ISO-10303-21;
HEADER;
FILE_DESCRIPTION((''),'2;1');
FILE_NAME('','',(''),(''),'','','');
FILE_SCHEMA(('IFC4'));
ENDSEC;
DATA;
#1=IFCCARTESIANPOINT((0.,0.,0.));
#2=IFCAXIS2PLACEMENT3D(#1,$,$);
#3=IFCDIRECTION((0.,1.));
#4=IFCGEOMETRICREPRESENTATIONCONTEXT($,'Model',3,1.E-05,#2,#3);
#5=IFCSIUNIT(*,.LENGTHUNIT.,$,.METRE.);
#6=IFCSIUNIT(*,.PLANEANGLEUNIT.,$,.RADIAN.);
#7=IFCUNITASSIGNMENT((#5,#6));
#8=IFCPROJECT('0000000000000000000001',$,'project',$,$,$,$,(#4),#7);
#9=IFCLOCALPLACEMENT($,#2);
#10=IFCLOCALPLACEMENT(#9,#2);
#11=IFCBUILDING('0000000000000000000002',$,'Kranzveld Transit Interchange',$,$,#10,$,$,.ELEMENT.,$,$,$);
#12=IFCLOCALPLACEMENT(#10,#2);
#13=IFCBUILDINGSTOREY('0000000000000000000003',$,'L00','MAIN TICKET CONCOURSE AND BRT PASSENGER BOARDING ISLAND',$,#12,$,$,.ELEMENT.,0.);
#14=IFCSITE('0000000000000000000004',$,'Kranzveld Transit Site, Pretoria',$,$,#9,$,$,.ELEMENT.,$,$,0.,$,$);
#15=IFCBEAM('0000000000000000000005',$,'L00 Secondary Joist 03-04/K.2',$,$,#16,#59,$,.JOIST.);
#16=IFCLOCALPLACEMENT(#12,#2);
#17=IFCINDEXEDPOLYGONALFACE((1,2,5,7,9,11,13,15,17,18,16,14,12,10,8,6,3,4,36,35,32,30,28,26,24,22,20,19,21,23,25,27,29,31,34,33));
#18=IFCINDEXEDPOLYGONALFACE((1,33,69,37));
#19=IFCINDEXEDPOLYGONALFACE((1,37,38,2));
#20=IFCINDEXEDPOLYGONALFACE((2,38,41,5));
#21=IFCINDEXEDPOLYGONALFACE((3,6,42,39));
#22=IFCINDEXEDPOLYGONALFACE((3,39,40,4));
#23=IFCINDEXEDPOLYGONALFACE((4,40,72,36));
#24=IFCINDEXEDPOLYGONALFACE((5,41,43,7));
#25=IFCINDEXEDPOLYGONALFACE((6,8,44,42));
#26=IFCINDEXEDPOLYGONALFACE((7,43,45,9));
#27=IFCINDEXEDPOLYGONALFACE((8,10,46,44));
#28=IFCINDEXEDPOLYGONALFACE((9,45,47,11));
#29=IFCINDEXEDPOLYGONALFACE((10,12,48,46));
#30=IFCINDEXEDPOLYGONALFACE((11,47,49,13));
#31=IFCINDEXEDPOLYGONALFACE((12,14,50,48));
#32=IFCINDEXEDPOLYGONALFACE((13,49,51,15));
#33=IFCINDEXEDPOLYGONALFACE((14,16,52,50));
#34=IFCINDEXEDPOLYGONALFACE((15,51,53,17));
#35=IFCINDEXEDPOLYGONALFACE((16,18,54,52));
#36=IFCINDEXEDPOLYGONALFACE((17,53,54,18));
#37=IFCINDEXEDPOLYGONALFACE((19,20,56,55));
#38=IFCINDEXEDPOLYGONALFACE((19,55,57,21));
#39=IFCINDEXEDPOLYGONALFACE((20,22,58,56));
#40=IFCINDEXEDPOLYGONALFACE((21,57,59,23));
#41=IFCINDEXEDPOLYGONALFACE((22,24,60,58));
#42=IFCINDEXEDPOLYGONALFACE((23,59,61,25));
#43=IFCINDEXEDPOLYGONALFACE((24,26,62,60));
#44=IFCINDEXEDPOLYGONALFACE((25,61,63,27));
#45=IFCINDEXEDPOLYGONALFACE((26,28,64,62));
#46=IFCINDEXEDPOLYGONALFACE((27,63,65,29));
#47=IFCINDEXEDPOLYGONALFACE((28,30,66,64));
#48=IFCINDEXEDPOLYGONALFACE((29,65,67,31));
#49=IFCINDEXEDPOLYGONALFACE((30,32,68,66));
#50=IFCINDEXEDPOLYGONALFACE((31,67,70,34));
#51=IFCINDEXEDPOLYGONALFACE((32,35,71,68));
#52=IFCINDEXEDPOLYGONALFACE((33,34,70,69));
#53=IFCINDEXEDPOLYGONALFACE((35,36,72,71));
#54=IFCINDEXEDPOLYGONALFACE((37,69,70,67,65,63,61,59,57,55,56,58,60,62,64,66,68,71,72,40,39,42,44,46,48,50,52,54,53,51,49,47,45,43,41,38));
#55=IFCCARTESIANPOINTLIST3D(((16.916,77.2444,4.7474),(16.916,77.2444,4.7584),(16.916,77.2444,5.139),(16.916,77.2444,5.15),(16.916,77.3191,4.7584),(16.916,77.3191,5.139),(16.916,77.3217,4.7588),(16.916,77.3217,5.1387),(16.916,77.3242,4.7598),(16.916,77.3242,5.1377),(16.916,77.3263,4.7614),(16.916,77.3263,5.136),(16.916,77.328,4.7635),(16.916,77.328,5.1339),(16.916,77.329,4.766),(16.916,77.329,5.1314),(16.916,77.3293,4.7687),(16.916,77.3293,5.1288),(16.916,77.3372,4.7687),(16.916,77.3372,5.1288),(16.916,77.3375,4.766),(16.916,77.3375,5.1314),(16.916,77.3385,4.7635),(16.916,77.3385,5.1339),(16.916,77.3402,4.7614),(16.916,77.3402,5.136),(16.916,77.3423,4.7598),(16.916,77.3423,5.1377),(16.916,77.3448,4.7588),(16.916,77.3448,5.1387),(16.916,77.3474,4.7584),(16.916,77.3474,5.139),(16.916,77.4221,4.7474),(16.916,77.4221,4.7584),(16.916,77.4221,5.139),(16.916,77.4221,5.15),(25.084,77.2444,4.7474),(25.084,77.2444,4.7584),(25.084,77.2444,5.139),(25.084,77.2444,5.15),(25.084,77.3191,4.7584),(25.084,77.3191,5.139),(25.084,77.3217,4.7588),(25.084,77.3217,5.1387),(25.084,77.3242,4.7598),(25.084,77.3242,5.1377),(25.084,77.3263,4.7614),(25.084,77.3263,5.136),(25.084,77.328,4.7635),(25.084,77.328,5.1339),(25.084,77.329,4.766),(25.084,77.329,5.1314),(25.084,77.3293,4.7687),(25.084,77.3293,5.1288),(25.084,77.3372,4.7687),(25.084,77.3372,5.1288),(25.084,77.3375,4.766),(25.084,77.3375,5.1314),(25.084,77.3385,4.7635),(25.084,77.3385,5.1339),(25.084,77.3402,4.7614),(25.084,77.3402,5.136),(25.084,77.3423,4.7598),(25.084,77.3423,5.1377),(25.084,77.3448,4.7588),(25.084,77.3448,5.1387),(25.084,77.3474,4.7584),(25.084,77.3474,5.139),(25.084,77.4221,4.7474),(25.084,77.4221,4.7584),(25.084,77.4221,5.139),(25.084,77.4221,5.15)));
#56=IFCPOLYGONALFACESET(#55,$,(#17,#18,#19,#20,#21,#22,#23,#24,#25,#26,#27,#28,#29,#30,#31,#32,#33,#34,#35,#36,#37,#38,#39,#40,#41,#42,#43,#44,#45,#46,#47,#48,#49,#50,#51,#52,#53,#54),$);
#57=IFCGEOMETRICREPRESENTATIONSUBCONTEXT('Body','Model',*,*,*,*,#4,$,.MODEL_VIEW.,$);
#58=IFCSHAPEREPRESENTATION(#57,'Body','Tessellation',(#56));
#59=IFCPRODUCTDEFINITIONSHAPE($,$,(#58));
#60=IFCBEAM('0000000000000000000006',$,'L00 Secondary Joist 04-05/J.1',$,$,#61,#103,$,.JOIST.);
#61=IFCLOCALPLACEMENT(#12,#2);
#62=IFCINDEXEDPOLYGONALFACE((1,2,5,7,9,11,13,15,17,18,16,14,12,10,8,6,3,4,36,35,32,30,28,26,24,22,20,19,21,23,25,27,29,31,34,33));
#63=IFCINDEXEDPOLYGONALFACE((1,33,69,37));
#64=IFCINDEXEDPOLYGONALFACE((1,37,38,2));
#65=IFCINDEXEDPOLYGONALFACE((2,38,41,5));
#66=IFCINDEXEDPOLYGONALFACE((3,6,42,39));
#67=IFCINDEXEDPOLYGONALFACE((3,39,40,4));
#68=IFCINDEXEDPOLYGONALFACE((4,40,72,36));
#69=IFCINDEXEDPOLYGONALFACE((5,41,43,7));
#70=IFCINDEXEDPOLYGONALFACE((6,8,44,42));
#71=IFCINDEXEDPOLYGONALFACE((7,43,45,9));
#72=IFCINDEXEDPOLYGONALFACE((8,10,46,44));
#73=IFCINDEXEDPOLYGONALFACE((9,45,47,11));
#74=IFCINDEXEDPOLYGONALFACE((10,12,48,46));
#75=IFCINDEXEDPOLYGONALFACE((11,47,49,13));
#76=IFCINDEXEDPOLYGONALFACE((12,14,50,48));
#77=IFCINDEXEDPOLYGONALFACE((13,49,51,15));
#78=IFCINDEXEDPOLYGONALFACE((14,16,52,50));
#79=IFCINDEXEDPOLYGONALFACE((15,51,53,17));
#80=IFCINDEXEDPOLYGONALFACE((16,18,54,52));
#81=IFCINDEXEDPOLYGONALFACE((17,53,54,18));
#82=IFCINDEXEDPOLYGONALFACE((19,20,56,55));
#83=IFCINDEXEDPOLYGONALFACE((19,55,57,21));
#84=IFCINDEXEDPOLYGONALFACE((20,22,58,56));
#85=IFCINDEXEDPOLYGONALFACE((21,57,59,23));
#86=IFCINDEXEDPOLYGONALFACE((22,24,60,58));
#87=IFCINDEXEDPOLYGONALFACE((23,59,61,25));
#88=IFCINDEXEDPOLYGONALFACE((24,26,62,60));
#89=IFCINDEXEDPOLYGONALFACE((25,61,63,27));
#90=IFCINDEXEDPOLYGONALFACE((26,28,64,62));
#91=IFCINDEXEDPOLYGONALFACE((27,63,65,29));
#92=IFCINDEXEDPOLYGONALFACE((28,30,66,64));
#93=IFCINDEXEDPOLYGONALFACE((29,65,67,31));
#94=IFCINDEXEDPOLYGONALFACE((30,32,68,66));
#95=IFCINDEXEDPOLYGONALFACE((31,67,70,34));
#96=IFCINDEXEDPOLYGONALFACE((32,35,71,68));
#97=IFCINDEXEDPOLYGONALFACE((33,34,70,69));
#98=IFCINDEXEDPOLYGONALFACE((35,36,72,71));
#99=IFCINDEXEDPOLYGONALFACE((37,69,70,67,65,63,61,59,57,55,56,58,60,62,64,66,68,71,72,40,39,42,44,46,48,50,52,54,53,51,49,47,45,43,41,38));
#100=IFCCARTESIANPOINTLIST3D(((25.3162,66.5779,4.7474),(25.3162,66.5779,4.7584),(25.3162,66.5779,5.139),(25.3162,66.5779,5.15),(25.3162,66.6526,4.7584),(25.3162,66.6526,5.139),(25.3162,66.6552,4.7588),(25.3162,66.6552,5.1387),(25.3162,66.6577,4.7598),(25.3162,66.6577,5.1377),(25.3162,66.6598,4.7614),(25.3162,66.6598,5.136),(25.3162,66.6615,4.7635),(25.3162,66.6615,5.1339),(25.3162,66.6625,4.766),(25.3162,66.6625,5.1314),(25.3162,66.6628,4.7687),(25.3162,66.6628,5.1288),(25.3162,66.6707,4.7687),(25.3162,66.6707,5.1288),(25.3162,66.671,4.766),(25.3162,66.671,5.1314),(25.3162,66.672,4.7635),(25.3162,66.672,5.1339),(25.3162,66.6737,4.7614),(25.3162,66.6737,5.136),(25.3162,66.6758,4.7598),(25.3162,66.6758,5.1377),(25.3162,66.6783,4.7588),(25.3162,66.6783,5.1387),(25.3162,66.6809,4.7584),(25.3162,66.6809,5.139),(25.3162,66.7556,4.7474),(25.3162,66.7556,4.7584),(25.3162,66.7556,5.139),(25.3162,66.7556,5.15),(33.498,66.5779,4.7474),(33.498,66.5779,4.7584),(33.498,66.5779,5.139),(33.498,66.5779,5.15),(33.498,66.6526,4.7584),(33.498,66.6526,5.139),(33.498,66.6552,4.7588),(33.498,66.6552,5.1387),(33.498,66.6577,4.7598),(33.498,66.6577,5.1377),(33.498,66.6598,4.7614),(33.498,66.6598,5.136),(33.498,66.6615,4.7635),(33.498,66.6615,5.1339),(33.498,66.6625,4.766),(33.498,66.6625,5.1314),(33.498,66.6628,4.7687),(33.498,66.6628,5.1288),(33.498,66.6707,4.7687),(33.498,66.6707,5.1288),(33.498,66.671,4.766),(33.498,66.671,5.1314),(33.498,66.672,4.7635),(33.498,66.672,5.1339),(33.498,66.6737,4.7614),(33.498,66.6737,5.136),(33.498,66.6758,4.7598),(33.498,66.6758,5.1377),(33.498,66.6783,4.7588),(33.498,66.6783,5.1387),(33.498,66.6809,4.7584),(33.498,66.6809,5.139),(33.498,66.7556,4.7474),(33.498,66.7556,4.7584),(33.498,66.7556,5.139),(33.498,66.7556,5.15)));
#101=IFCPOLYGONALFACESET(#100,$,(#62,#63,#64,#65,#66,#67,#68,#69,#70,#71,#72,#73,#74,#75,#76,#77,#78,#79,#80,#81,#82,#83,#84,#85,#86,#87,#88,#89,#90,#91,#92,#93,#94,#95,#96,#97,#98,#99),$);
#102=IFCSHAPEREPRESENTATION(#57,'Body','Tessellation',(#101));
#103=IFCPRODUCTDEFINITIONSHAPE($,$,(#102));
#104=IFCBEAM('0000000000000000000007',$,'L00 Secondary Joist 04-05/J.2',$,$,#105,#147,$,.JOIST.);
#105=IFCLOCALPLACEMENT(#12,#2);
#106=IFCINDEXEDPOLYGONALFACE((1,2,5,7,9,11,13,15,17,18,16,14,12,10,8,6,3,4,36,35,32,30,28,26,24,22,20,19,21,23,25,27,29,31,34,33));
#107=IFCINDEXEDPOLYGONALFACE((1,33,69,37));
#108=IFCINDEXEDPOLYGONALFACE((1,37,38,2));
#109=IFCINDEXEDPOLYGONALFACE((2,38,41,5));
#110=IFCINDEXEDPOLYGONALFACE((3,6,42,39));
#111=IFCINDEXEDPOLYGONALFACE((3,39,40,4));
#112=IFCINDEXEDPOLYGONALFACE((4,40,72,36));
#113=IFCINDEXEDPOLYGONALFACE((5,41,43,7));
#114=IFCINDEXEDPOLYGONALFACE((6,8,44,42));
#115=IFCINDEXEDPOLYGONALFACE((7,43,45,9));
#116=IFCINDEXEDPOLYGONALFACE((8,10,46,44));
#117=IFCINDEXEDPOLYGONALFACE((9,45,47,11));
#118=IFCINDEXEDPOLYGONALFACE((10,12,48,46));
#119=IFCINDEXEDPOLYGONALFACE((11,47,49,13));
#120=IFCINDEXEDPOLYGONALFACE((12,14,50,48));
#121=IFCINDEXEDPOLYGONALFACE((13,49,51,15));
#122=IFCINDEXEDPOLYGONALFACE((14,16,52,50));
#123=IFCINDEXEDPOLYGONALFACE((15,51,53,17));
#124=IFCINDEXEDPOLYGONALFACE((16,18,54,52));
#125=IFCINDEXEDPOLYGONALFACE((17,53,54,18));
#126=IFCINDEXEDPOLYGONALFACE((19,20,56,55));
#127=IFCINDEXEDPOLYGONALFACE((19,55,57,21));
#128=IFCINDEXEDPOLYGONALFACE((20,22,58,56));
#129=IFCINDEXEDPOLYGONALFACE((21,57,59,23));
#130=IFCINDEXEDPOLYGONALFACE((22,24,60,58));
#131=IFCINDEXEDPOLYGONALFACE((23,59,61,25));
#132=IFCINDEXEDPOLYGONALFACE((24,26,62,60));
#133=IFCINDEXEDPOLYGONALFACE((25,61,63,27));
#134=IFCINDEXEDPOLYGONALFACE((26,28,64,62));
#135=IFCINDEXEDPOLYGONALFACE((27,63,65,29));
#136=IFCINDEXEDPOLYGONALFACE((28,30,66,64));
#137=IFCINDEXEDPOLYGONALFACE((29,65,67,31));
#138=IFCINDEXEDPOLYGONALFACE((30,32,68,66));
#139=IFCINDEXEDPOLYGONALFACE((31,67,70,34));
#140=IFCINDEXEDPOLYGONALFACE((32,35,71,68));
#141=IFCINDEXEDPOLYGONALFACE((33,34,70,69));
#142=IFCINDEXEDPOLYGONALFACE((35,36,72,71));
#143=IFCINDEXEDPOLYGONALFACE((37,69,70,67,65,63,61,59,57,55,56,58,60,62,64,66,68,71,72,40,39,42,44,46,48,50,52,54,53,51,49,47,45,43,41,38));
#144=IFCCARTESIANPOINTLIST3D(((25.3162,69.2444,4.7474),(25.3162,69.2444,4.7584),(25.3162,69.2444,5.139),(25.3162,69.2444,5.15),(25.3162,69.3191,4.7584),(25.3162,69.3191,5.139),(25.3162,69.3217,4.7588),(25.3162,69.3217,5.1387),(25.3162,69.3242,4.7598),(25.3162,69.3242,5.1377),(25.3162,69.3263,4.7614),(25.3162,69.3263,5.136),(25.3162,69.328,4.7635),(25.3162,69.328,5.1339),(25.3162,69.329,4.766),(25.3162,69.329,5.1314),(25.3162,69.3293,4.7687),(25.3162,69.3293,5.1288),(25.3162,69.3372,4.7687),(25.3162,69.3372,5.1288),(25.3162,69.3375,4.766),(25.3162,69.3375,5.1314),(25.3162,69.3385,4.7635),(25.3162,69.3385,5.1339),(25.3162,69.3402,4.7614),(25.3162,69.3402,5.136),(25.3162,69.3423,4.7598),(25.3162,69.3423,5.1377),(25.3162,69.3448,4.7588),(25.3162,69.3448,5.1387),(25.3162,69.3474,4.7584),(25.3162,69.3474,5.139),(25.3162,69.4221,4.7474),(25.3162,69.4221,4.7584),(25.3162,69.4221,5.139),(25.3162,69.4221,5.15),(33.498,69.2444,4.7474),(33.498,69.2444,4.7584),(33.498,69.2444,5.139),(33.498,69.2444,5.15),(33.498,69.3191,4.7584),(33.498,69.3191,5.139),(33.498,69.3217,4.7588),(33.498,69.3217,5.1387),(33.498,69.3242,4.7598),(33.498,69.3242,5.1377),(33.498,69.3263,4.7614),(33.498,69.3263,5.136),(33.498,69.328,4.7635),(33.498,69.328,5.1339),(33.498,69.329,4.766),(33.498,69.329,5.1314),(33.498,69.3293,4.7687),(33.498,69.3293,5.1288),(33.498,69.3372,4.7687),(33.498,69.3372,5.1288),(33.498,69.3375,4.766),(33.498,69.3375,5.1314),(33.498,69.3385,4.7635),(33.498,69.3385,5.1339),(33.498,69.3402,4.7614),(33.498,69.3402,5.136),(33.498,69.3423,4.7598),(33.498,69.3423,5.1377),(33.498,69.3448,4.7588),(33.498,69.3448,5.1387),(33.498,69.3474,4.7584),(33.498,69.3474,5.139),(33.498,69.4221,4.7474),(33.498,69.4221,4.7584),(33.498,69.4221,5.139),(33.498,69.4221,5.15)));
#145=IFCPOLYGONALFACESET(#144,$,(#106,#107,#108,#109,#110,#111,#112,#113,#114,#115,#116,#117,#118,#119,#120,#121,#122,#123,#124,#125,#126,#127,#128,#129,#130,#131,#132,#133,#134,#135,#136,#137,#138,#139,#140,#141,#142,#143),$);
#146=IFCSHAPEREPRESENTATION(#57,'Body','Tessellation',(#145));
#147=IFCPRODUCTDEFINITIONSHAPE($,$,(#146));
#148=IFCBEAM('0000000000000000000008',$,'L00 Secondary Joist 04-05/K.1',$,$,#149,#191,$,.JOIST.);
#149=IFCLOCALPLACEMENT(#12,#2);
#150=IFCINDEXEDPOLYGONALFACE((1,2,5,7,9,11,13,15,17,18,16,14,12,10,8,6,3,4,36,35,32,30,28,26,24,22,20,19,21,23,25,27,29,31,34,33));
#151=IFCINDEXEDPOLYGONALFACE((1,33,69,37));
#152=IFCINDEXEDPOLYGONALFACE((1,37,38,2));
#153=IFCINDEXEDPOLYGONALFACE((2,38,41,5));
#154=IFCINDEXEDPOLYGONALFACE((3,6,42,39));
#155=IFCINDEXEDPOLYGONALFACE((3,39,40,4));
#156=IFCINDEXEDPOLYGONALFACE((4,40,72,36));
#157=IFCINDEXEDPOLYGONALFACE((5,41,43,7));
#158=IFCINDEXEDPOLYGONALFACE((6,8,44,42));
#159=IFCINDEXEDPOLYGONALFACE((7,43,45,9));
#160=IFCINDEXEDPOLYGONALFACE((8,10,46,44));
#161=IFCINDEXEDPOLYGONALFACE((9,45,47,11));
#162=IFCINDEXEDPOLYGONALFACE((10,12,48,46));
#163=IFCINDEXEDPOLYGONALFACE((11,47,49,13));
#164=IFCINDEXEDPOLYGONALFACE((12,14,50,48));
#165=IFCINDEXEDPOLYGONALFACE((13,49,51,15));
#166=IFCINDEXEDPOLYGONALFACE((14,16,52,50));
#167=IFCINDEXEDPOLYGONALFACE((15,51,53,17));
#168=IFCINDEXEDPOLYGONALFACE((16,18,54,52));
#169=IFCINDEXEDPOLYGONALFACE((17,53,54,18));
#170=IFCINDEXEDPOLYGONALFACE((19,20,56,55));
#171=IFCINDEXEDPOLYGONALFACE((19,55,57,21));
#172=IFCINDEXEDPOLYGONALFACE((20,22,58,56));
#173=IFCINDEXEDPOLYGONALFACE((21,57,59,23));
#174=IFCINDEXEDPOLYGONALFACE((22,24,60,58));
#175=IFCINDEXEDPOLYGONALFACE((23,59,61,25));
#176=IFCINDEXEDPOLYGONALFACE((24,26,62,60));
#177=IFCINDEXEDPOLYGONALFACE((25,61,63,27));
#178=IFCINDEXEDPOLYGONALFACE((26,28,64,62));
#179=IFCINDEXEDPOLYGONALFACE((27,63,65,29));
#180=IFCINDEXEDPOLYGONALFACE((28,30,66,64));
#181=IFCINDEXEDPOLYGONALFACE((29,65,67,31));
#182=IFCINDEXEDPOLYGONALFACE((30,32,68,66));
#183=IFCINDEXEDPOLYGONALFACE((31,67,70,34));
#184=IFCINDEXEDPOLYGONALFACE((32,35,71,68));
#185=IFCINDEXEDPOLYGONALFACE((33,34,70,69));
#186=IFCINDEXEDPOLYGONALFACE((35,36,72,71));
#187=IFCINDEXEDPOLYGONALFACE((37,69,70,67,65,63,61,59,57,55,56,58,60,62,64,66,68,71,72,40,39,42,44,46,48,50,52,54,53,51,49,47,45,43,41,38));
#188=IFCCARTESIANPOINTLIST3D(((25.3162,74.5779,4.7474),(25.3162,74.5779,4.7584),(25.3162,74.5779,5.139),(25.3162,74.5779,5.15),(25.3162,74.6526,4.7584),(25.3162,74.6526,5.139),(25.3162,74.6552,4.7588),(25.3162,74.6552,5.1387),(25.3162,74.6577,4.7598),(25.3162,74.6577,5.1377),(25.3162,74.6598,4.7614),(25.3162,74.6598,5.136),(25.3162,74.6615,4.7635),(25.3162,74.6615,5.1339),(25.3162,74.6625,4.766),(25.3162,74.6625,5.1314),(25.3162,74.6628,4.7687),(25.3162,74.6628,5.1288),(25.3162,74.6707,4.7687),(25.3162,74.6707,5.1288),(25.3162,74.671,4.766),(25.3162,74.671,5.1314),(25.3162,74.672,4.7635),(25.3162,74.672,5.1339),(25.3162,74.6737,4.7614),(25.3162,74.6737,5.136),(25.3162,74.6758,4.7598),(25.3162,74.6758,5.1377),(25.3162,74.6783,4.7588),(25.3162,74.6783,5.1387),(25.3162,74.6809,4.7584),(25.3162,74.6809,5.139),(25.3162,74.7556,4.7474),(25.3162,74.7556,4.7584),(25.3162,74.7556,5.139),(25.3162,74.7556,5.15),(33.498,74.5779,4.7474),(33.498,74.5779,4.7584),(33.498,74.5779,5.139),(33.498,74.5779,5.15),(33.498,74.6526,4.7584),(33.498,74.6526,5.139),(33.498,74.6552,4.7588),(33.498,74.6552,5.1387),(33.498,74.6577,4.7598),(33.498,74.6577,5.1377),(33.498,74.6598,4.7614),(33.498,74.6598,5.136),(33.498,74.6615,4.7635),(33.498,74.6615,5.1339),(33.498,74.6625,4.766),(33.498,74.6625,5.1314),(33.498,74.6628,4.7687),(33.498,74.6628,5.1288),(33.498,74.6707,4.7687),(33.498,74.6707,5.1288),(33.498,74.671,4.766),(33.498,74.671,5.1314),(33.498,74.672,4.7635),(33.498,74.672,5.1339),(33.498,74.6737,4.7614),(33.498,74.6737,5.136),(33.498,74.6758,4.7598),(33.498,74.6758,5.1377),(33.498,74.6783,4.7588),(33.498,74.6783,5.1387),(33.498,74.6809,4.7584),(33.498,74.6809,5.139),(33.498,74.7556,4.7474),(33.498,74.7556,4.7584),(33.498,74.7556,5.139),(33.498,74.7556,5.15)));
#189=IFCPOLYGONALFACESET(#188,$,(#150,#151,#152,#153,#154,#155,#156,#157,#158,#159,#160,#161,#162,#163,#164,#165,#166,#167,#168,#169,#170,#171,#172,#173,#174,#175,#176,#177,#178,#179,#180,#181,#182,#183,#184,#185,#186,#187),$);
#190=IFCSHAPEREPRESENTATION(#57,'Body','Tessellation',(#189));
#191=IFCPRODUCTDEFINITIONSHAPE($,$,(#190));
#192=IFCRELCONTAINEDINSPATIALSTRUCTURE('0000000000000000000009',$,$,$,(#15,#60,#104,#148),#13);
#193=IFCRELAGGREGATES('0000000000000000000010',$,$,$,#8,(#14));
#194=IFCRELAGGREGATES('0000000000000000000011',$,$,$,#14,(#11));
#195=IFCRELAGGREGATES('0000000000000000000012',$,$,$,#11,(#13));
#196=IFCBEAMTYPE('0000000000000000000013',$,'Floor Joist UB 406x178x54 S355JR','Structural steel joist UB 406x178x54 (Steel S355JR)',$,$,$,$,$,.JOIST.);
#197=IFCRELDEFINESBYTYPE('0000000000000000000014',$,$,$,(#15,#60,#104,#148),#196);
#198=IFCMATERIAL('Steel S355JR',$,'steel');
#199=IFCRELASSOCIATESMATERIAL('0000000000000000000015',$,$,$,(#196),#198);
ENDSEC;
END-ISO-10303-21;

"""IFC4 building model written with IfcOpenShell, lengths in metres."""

from ifc_helpers import new_model, si_unit, direction, frame, origin, origin_2d, place, context, subcontext, project, spatial, i_section, extrude, material, material_profile, profile_set, type_object, element, save


model = new_model("IFC4")

# Units and contexts
model_context = context("Model", 3, precision=1e-05, world=origin(), true_north=direction((0.0, 1.0)))
body_context = subcontext(model_context, "Body", "Model", "MODEL_VIEW")
ifc_project = project(units=[si_unit("LENGTHUNIT", "METRE"), si_unit("PLANEANGLEUNIT", "RADIAN")], contexts=[model_context])

# Site, building, storey
site_placement = place(None, origin())
site = spatial("IfcSite", under=ifc_project, at=site_placement, Name="Kranzveld Transit Site, Pretoria", CompositionType="ELEMENT", RefElevation=0.0)
building_placement = place(site_placement, origin())
building = spatial("IfcBuilding", under=site, at=building_placement, Name="Kranzveld Transit Interchange", CompositionType="ELEMENT")
storey_placement = place(building_placement, origin())
storey = spatial("IfcBuildingStorey", under=building, at=storey_placement, Name="L00", Description="MAIN TICKET CONCOURSE AND BRT PASSENGER BOARDING ISLAND", CompositionType="ELEMENT", Elevation=0.0)

# Beams
ifc_material_1 = material(Name="Steel S355JR", Category="steel")
ifc_material_profile_1 = material_profile(ifc_material_1, i_section(OverallWidth=0.1777, OverallDepth=0.4026, WebThickness=0.0078, FlangeThickness=0.011, FilletRadius=0.0103, at=origin_2d()), Name="UB 406x178x54")
ifc_profile_set_1 = profile_set([ifc_material_profile_1], Name="Steel S355JR")
beam_type_1 = type_object("IfcBeamType", Name="Floor Joist UB 406x178x54 S355JR", Description="Structural steel joist UB 406x178x54 (Steel S355JR)", PredefinedType="JOIST", material=ifc_profile_set_1)
for number, where, z_axis, x_axis, name in (
    (1, (16.916, 77.3333, 4.9487), (1.0, 0.0, 0.0), (0.0, 1.0, 0.0), "L00 Secondary Joist 03-04/K.2"),
):
    element("IfcBeam", number, at=place(storey_placement, frame(where, z_axis=z_axis, x_axis=x_axis)), inside=storey, type_object=beam_type_1, Name=name, PredefinedType="JOIST", context=body_context, shape_type="SweptSolid", body=[
        extrude(i_section(OverallWidth=0.1777, OverallDepth=0.4026, WebThickness=0.0078, FlangeThickness=0.011, FilletRadius=0.0103, at=origin_2d()), origin(), (0.0, 0.0, 1.0), 8.168),
    ])
for number, where, z_axis, x_axis, name in (
    (2, (25.3162, 66.6667, 4.9487), (1.0, 0.0, 0.0), (0.0, 1.0, 0.0), "L00 Secondary Joist 04-05/J.1"),
    (3, (25.3162, 69.3333, 4.9487), (1.0, 0.0, 0.0), (0.0, 1.0, 0.0), "L00 Secondary Joist 04-05/J.2"),
    (4, (25.3162, 74.6667, 4.9487), (1.0, 0.0, 0.0), (0.0, 1.0, 0.0), "L00 Secondary Joist 04-05/K.1"),
):
    element("IfcBeam", number, at=place(storey_placement, frame(where, z_axis=z_axis, x_axis=x_axis)), inside=storey, type_object=beam_type_1, Name=name, PredefinedType="JOIST", context=body_context, shape_type="SweptSolid", body=[
        extrude(i_section(OverallWidth=0.1777, OverallDepth=0.4026, WebThickness=0.0078, FlangeThickness=0.011, FilletRadius=0.0103, at=origin_2d()), origin(), (0.0, 0.0, 1.0), 8.1819),
    ])

save(model, "model.ifc")
